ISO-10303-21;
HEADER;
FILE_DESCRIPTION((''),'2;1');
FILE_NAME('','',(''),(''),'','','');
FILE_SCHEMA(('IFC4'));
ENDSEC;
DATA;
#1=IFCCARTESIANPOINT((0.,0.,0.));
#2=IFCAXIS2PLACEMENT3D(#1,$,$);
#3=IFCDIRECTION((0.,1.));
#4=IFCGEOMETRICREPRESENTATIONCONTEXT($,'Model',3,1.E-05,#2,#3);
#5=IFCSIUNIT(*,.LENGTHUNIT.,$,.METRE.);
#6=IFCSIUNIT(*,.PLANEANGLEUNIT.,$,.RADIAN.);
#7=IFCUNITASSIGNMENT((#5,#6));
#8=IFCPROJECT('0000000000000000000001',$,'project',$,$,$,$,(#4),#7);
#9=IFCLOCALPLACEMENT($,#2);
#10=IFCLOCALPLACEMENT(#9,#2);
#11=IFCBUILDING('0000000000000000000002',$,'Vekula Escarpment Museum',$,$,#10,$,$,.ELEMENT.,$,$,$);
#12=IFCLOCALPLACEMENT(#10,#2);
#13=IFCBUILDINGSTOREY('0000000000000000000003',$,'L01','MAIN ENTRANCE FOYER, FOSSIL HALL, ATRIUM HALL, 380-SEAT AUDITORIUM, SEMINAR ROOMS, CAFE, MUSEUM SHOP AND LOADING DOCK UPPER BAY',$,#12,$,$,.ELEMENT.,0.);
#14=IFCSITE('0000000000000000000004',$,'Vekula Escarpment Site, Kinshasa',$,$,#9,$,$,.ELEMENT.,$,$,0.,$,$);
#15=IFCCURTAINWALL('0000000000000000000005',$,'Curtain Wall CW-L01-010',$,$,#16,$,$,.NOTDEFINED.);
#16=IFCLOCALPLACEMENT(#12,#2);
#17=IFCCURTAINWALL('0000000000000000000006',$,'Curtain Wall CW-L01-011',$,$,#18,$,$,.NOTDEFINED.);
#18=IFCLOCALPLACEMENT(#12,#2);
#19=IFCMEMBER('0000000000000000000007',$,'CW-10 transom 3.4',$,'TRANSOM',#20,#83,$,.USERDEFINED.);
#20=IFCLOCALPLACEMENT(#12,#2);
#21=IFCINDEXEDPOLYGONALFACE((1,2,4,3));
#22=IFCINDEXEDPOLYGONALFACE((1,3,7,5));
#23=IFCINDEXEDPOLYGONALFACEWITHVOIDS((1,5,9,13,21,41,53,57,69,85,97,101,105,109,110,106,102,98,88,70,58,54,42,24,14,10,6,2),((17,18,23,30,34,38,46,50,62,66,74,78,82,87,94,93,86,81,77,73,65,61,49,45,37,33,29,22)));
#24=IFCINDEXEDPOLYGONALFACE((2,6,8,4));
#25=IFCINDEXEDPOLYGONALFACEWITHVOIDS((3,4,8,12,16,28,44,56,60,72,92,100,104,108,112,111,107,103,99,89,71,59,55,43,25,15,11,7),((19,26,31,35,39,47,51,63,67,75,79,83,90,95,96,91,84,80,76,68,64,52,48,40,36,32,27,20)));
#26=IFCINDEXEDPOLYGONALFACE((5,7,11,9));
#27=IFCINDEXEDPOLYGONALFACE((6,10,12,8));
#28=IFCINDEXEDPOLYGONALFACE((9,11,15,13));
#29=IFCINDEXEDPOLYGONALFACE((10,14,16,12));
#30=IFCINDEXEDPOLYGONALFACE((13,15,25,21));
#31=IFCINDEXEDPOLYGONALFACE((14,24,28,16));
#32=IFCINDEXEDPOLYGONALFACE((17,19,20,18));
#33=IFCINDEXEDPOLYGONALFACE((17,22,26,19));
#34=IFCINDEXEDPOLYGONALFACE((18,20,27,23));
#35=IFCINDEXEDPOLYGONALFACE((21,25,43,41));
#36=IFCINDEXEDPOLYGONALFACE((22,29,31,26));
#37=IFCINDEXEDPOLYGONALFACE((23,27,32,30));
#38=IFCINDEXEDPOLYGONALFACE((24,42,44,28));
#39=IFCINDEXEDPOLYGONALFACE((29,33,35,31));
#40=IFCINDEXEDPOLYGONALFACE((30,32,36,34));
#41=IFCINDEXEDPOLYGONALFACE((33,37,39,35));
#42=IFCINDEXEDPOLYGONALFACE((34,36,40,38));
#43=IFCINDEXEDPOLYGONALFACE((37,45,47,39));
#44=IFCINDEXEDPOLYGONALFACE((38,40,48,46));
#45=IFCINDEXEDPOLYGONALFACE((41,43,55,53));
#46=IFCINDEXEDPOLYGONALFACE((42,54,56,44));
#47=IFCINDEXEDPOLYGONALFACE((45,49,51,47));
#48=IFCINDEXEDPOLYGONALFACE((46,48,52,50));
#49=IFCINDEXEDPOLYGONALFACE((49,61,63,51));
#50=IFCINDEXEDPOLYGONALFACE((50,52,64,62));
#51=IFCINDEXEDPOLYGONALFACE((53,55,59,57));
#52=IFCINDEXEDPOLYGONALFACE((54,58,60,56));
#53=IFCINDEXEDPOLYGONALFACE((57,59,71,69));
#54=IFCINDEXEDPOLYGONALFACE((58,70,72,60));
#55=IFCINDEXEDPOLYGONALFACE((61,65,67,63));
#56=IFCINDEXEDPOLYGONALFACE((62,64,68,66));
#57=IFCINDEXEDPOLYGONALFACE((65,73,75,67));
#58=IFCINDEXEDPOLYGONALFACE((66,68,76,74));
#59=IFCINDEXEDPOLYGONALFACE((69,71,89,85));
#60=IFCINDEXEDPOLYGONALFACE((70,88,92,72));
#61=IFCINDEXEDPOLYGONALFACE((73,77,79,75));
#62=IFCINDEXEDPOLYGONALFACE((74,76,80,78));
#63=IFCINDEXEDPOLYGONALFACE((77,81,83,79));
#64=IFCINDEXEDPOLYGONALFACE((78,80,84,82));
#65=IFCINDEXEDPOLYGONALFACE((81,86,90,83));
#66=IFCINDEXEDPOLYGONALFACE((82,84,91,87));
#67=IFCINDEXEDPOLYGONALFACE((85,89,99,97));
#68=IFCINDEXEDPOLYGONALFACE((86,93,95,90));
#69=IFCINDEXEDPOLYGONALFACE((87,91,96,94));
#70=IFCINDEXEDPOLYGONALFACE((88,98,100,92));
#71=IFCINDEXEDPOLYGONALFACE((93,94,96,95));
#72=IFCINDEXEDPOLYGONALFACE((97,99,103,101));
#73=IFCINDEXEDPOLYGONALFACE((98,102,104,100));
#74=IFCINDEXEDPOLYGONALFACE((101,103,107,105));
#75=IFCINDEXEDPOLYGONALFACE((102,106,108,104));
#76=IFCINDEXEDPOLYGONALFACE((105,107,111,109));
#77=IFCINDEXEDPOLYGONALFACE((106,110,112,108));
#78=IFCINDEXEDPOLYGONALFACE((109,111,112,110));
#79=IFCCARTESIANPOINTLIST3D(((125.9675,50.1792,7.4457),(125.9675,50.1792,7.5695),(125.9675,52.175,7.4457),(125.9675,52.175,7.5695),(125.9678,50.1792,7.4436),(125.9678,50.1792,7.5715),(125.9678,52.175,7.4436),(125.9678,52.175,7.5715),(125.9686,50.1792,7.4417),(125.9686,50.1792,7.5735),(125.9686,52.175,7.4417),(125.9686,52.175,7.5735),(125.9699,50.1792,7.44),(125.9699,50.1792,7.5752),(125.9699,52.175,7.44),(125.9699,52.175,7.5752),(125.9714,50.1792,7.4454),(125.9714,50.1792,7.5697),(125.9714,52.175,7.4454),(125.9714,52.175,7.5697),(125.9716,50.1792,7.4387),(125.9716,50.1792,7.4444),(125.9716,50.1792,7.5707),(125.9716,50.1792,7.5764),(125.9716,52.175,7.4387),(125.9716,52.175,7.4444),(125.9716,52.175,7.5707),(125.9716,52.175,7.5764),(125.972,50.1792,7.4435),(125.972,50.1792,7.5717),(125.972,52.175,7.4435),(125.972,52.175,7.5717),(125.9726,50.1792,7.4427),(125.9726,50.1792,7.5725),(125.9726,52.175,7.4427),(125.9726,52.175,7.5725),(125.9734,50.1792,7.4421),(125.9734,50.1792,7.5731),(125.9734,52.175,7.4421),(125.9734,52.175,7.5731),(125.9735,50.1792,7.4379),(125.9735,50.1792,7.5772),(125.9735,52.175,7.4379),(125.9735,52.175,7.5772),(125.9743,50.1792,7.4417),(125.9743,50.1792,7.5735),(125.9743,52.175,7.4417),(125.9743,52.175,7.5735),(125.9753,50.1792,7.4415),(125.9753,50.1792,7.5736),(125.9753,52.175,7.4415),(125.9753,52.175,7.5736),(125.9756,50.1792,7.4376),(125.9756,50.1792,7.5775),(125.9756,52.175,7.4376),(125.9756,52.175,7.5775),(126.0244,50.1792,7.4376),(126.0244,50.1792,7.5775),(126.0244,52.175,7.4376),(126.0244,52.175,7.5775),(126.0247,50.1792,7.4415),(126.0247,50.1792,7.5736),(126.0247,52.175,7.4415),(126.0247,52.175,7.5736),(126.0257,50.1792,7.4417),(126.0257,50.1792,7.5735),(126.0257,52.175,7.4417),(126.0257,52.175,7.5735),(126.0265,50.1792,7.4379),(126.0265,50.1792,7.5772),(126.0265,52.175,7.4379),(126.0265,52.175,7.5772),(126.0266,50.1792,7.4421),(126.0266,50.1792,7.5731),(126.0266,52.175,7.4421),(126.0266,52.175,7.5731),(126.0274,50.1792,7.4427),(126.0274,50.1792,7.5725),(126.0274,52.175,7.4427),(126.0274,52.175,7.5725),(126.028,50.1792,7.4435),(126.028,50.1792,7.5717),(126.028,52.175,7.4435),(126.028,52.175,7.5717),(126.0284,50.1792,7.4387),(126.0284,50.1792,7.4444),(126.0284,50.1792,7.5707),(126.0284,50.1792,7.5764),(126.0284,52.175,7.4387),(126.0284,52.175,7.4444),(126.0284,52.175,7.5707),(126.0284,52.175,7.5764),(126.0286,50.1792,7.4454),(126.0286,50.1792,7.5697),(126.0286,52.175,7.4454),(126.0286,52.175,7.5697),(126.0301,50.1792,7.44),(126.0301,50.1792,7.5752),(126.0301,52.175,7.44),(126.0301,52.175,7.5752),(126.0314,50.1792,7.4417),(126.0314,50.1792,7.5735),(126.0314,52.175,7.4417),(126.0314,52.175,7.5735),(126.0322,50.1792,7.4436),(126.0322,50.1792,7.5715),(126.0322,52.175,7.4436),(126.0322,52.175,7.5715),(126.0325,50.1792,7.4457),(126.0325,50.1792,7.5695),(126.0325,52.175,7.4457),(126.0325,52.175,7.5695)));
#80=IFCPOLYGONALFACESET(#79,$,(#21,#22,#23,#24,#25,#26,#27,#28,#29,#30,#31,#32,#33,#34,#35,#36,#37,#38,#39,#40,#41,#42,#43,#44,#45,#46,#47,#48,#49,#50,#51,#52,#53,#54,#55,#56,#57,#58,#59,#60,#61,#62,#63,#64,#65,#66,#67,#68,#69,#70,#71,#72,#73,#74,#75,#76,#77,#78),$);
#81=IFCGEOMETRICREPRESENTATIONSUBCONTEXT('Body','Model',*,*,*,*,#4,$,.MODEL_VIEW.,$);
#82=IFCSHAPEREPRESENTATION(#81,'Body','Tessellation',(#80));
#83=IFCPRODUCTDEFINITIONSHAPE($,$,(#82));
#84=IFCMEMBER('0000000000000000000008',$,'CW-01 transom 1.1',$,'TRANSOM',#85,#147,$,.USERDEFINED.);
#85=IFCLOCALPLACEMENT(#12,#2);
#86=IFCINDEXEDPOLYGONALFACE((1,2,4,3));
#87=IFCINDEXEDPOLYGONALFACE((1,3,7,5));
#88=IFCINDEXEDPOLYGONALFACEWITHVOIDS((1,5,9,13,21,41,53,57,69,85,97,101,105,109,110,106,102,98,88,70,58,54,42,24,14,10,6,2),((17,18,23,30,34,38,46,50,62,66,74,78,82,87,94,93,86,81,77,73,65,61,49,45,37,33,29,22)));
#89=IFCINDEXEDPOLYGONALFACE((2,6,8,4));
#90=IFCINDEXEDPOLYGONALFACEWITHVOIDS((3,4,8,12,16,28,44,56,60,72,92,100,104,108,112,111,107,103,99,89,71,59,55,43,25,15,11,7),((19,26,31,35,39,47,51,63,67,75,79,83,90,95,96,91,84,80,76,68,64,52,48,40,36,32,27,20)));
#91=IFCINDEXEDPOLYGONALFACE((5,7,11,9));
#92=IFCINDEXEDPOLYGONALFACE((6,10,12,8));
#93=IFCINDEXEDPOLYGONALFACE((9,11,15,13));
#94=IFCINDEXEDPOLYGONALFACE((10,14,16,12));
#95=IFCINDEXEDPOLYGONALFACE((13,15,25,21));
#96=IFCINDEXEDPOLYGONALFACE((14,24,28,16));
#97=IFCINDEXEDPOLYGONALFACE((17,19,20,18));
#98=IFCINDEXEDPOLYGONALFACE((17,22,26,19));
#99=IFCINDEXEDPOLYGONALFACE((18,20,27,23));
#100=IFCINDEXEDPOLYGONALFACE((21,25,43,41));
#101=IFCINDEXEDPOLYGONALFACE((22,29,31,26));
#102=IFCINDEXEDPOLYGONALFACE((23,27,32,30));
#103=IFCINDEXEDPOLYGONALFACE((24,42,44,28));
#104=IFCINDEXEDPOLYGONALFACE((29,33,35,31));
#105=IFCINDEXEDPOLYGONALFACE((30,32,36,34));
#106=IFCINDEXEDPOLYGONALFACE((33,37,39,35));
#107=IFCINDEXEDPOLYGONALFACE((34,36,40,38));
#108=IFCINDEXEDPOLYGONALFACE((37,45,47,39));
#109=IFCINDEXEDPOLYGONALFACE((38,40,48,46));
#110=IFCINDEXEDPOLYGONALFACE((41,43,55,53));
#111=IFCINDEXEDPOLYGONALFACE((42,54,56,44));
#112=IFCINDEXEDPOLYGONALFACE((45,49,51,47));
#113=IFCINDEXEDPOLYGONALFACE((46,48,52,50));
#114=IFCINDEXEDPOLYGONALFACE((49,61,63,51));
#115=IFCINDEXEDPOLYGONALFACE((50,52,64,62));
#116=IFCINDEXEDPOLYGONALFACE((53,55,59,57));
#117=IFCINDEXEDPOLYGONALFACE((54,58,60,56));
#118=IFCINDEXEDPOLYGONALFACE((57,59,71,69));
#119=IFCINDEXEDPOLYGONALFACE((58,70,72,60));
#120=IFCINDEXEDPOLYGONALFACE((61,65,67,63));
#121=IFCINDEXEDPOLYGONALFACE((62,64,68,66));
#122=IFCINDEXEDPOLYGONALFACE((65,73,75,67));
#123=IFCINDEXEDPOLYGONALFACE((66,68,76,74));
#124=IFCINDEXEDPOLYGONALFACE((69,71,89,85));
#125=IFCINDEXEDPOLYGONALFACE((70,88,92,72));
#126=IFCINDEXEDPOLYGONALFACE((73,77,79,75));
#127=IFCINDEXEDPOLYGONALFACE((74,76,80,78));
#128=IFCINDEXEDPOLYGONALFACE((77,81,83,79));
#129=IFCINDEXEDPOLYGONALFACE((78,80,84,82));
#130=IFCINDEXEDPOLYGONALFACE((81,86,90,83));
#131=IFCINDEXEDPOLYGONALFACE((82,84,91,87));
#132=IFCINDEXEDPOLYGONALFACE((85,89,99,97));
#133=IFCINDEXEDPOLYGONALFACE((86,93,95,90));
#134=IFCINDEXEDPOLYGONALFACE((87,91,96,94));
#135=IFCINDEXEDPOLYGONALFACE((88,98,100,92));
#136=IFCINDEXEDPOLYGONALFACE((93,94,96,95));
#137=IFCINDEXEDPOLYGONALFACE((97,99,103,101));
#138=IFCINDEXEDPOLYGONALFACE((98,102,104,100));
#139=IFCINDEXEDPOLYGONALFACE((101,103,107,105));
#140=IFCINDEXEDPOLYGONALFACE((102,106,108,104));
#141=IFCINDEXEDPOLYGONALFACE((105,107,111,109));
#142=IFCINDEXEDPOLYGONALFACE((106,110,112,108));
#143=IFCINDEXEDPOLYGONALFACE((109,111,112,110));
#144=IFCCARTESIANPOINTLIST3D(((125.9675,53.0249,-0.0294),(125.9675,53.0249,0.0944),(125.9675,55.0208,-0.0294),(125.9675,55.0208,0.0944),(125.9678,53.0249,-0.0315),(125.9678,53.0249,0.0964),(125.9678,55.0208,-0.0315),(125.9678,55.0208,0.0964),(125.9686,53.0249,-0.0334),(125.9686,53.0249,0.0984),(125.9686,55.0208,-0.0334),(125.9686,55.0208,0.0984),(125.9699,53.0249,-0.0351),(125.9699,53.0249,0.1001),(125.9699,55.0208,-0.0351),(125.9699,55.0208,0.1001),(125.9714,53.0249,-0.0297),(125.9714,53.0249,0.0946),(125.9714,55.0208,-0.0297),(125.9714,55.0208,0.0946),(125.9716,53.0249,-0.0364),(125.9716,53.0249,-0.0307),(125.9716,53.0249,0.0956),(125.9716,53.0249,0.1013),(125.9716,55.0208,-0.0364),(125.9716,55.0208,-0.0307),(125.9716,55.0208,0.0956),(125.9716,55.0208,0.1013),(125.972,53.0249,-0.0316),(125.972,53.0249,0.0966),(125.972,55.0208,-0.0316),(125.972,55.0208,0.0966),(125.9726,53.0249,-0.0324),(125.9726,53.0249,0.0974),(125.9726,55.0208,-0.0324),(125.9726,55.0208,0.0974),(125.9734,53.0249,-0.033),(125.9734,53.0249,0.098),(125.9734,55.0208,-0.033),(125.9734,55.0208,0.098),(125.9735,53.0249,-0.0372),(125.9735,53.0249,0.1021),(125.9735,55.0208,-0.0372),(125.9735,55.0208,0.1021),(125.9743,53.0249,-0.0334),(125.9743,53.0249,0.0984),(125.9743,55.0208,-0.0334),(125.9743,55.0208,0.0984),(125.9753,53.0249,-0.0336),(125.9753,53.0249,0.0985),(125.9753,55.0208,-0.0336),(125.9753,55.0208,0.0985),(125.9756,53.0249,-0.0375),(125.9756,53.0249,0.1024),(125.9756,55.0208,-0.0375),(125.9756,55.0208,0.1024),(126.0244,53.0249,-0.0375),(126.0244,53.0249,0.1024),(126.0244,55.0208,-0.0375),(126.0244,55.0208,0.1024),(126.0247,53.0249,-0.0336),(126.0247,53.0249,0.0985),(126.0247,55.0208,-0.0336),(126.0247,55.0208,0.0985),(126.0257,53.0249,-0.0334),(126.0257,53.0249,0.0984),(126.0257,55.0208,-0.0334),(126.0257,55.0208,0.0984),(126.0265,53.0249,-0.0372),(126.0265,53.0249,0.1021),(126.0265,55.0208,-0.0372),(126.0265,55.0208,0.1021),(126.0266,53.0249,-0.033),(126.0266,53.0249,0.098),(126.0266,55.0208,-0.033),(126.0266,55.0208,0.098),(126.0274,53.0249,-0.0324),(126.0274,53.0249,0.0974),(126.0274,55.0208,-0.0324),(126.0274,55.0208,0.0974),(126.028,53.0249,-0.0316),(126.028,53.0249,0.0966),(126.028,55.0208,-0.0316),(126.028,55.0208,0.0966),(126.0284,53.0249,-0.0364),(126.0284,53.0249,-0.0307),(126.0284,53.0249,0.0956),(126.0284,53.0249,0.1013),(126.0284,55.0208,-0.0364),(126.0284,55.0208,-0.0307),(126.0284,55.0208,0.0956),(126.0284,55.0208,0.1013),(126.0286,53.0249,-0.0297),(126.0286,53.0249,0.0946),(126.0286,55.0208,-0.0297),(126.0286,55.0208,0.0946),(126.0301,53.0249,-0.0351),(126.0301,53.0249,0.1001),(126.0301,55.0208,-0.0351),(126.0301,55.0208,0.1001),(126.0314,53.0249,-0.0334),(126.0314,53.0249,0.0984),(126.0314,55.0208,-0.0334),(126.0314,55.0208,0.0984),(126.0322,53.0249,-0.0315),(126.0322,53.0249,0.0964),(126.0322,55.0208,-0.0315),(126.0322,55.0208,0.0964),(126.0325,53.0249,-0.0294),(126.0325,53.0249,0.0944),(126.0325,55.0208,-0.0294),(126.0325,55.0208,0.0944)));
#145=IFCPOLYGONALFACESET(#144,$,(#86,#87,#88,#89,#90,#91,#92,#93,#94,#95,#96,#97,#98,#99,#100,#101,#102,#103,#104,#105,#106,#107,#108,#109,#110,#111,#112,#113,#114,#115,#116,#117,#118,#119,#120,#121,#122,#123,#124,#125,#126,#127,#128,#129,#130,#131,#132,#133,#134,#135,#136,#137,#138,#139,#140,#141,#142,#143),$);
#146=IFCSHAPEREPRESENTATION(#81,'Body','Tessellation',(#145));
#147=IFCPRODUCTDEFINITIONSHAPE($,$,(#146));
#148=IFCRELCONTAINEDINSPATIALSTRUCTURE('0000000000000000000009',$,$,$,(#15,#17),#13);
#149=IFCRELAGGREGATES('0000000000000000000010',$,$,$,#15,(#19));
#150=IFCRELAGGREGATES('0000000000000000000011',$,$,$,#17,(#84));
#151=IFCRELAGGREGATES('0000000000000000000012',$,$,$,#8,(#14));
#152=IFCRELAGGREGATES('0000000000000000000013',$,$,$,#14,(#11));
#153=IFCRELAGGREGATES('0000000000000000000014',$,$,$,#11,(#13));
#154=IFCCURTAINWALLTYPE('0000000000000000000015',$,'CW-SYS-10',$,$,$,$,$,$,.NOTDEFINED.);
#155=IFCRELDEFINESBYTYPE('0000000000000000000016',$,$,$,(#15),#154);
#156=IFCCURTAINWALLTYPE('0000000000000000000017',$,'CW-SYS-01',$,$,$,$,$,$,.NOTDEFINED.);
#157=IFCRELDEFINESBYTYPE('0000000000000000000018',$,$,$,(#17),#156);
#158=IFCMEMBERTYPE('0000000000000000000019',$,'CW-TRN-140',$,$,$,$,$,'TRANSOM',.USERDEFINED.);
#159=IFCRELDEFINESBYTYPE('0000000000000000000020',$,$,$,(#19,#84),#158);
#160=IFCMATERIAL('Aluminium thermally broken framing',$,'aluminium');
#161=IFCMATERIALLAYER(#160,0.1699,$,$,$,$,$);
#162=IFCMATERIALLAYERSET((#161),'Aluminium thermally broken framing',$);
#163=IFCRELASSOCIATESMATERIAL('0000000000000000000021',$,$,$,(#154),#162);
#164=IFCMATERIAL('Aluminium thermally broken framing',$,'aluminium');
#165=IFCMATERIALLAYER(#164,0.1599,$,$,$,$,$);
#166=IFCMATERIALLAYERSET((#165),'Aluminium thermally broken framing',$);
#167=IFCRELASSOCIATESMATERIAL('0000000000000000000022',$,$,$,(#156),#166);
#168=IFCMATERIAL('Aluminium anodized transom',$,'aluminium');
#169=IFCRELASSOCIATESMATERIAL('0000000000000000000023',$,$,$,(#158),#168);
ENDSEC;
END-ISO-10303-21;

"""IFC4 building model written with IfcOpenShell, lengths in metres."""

from ifc_helpers import new_model, si_unit, direction, frame, origin, origin_2d, place, context, subcontext, project, spatial, hollow_rectangle, extrude, material, layer, layer_set, material_profile, profile_set, type_object, element, aggregate, save


model = new_model("IFC4")

# Units and contexts
model_context = context("Model", 3, precision=1e-05, world=origin(), true_north=direction((0.0, 1.0)))
body_context = subcontext(model_context, "Body", "Model", "MODEL_VIEW")
ifc_project = project(units=[si_unit("LENGTHUNIT", "METRE"), si_unit("PLANEANGLEUNIT", "RADIAN")], contexts=[model_context])

# Site, building, storey
site_placement = place(None, origin())
site = spatial("IfcSite", under=ifc_project, at=site_placement, Name="Vekula Escarpment Site, Kinshasa", CompositionType="ELEMENT", RefElevation=0.0)
building_placement = place(site_placement, origin())
building = spatial("IfcBuilding", under=site, at=building_placement, Name="Vekula Escarpment Museum", CompositionType="ELEMENT")
storey_placement = place(building_placement, origin())
storey = spatial("IfcBuildingStorey", under=building, at=storey_placement, Name="L01", Description="MAIN ENTRANCE FOYER, FOSSIL HALL, ATRIUM HALL, 380-SEAT AUDITORIUM, SEMINAR ROOMS, CAFE, MUSEUM SHOP AND LOADING DOCK UPPER BAY", CompositionType="ELEMENT", Elevation=0.0)

# Curtain wall
ifc_material_1 = material(Name="Aluminium thermally broken framing", Category="aluminium")
ifc_layer_1 = layer(ifc_material_1, 0.1699)
ifc_layer_set_1 = layer_set([ifc_layer_1], Name="Aluminium thermally broken framing")
curtain_wall_type_1 = type_object("IfcCurtainWallType", Name="CW-SYS-10", PredefinedType="NOTDEFINED", material=ifc_layer_set_1)
curtain_wall_1_placement = place(storey_placement, origin())
curtain_wall_1 = element("IfcCurtainWall", 1, at=curtain_wall_1_placement, inside=storey, type_object=curtain_wall_type_1, Name="Curtain Wall CW-L01-010", PredefinedType="NOTDEFINED")

# Curtain wall
ifc_material_2 = material(Name="Aluminium thermally broken framing", Category="aluminium")
ifc_layer_2 = layer(ifc_material_2, 0.1599)
ifc_layer_set_2 = layer_set([ifc_layer_2], Name="Aluminium thermally broken framing")
curtain_wall_type_2 = type_object("IfcCurtainWallType", Name="CW-SYS-01", PredefinedType="NOTDEFINED", material=ifc_layer_set_2)
curtain_wall_2_placement = place(storey_placement, origin())
curtain_wall_2 = element("IfcCurtainWall", 2, at=curtain_wall_2_placement, inside=storey, type_object=curtain_wall_type_2, Name="Curtain Wall CW-L01-011", PredefinedType="NOTDEFINED")

# Members
ifc_material_3 = material(Name="Aluminium anodized transom", Category="aluminium")
ifc_material_profile_1 = material_profile(ifc_material_3, hollow_rectangle(XDim=0.0649, YDim=0.1399, WallThickness=0.0039, InnerFilletRadius=0.0039, OuterFilletRadius=0.0081, at=origin_2d()), Name="ALU 140x65x4")
ifc_profile_set_1 = profile_set([ifc_material_profile_1], Name="Aluminium anodized transom")
member_type_1 = type_object("IfcMemberType", Name="CW-TRN-140", ElementType="TRANSOM", PredefinedType="USERDEFINED", material=ifc_profile_set_1)
member_1_placement = place(storey_placement, frame((126.0, 50.1792, 7.5076), z_axis=(0.0, 1.0, 0.0), x_axis=(-1.0, 0.0, 0.0)))
member_1 = element("IfcMember", 3, at=member_1_placement, type_object=member_type_1, Name="CW-10 transom 3.4", ObjectType="TRANSOM", PredefinedType="USERDEFINED", context=body_context, shape_type="SweptSolid", body=[
    extrude(hollow_rectangle(XDim=0.0649, YDim=0.1399, WallThickness=0.0039, InnerFilletRadius=0.0039, OuterFilletRadius=0.0081, at=origin_2d()), origin(), (0.0, 0.0, 1.0), 1.9958),
])
member_2_placement = place(storey_placement, frame((126.0, 53.0249, 0.0325), z_axis=(0.0, 1.0, 0.0), x_axis=(-1.0, 0.0, 0.0)))
member_2 = element("IfcMember", 4, at=member_2_placement, type_object=member_type_1, Name="CW-01 transom 1.1", ObjectType="TRANSOM", PredefinedType="USERDEFINED", context=body_context, shape_type="SweptSolid", body=[
    extrude(hollow_rectangle(XDim=0.0649, YDim=0.1399, WallThickness=0.0039, InnerFilletRadius=0.0039, OuterFilletRadius=0.0081, at=origin_2d()), origin(), (0.0, 0.0, 1.0), 1.9958),
])

aggregate(curtain_wall_1, [member_1])
aggregate(curtain_wall_2, [member_2])

save(model, "model.ifc")
